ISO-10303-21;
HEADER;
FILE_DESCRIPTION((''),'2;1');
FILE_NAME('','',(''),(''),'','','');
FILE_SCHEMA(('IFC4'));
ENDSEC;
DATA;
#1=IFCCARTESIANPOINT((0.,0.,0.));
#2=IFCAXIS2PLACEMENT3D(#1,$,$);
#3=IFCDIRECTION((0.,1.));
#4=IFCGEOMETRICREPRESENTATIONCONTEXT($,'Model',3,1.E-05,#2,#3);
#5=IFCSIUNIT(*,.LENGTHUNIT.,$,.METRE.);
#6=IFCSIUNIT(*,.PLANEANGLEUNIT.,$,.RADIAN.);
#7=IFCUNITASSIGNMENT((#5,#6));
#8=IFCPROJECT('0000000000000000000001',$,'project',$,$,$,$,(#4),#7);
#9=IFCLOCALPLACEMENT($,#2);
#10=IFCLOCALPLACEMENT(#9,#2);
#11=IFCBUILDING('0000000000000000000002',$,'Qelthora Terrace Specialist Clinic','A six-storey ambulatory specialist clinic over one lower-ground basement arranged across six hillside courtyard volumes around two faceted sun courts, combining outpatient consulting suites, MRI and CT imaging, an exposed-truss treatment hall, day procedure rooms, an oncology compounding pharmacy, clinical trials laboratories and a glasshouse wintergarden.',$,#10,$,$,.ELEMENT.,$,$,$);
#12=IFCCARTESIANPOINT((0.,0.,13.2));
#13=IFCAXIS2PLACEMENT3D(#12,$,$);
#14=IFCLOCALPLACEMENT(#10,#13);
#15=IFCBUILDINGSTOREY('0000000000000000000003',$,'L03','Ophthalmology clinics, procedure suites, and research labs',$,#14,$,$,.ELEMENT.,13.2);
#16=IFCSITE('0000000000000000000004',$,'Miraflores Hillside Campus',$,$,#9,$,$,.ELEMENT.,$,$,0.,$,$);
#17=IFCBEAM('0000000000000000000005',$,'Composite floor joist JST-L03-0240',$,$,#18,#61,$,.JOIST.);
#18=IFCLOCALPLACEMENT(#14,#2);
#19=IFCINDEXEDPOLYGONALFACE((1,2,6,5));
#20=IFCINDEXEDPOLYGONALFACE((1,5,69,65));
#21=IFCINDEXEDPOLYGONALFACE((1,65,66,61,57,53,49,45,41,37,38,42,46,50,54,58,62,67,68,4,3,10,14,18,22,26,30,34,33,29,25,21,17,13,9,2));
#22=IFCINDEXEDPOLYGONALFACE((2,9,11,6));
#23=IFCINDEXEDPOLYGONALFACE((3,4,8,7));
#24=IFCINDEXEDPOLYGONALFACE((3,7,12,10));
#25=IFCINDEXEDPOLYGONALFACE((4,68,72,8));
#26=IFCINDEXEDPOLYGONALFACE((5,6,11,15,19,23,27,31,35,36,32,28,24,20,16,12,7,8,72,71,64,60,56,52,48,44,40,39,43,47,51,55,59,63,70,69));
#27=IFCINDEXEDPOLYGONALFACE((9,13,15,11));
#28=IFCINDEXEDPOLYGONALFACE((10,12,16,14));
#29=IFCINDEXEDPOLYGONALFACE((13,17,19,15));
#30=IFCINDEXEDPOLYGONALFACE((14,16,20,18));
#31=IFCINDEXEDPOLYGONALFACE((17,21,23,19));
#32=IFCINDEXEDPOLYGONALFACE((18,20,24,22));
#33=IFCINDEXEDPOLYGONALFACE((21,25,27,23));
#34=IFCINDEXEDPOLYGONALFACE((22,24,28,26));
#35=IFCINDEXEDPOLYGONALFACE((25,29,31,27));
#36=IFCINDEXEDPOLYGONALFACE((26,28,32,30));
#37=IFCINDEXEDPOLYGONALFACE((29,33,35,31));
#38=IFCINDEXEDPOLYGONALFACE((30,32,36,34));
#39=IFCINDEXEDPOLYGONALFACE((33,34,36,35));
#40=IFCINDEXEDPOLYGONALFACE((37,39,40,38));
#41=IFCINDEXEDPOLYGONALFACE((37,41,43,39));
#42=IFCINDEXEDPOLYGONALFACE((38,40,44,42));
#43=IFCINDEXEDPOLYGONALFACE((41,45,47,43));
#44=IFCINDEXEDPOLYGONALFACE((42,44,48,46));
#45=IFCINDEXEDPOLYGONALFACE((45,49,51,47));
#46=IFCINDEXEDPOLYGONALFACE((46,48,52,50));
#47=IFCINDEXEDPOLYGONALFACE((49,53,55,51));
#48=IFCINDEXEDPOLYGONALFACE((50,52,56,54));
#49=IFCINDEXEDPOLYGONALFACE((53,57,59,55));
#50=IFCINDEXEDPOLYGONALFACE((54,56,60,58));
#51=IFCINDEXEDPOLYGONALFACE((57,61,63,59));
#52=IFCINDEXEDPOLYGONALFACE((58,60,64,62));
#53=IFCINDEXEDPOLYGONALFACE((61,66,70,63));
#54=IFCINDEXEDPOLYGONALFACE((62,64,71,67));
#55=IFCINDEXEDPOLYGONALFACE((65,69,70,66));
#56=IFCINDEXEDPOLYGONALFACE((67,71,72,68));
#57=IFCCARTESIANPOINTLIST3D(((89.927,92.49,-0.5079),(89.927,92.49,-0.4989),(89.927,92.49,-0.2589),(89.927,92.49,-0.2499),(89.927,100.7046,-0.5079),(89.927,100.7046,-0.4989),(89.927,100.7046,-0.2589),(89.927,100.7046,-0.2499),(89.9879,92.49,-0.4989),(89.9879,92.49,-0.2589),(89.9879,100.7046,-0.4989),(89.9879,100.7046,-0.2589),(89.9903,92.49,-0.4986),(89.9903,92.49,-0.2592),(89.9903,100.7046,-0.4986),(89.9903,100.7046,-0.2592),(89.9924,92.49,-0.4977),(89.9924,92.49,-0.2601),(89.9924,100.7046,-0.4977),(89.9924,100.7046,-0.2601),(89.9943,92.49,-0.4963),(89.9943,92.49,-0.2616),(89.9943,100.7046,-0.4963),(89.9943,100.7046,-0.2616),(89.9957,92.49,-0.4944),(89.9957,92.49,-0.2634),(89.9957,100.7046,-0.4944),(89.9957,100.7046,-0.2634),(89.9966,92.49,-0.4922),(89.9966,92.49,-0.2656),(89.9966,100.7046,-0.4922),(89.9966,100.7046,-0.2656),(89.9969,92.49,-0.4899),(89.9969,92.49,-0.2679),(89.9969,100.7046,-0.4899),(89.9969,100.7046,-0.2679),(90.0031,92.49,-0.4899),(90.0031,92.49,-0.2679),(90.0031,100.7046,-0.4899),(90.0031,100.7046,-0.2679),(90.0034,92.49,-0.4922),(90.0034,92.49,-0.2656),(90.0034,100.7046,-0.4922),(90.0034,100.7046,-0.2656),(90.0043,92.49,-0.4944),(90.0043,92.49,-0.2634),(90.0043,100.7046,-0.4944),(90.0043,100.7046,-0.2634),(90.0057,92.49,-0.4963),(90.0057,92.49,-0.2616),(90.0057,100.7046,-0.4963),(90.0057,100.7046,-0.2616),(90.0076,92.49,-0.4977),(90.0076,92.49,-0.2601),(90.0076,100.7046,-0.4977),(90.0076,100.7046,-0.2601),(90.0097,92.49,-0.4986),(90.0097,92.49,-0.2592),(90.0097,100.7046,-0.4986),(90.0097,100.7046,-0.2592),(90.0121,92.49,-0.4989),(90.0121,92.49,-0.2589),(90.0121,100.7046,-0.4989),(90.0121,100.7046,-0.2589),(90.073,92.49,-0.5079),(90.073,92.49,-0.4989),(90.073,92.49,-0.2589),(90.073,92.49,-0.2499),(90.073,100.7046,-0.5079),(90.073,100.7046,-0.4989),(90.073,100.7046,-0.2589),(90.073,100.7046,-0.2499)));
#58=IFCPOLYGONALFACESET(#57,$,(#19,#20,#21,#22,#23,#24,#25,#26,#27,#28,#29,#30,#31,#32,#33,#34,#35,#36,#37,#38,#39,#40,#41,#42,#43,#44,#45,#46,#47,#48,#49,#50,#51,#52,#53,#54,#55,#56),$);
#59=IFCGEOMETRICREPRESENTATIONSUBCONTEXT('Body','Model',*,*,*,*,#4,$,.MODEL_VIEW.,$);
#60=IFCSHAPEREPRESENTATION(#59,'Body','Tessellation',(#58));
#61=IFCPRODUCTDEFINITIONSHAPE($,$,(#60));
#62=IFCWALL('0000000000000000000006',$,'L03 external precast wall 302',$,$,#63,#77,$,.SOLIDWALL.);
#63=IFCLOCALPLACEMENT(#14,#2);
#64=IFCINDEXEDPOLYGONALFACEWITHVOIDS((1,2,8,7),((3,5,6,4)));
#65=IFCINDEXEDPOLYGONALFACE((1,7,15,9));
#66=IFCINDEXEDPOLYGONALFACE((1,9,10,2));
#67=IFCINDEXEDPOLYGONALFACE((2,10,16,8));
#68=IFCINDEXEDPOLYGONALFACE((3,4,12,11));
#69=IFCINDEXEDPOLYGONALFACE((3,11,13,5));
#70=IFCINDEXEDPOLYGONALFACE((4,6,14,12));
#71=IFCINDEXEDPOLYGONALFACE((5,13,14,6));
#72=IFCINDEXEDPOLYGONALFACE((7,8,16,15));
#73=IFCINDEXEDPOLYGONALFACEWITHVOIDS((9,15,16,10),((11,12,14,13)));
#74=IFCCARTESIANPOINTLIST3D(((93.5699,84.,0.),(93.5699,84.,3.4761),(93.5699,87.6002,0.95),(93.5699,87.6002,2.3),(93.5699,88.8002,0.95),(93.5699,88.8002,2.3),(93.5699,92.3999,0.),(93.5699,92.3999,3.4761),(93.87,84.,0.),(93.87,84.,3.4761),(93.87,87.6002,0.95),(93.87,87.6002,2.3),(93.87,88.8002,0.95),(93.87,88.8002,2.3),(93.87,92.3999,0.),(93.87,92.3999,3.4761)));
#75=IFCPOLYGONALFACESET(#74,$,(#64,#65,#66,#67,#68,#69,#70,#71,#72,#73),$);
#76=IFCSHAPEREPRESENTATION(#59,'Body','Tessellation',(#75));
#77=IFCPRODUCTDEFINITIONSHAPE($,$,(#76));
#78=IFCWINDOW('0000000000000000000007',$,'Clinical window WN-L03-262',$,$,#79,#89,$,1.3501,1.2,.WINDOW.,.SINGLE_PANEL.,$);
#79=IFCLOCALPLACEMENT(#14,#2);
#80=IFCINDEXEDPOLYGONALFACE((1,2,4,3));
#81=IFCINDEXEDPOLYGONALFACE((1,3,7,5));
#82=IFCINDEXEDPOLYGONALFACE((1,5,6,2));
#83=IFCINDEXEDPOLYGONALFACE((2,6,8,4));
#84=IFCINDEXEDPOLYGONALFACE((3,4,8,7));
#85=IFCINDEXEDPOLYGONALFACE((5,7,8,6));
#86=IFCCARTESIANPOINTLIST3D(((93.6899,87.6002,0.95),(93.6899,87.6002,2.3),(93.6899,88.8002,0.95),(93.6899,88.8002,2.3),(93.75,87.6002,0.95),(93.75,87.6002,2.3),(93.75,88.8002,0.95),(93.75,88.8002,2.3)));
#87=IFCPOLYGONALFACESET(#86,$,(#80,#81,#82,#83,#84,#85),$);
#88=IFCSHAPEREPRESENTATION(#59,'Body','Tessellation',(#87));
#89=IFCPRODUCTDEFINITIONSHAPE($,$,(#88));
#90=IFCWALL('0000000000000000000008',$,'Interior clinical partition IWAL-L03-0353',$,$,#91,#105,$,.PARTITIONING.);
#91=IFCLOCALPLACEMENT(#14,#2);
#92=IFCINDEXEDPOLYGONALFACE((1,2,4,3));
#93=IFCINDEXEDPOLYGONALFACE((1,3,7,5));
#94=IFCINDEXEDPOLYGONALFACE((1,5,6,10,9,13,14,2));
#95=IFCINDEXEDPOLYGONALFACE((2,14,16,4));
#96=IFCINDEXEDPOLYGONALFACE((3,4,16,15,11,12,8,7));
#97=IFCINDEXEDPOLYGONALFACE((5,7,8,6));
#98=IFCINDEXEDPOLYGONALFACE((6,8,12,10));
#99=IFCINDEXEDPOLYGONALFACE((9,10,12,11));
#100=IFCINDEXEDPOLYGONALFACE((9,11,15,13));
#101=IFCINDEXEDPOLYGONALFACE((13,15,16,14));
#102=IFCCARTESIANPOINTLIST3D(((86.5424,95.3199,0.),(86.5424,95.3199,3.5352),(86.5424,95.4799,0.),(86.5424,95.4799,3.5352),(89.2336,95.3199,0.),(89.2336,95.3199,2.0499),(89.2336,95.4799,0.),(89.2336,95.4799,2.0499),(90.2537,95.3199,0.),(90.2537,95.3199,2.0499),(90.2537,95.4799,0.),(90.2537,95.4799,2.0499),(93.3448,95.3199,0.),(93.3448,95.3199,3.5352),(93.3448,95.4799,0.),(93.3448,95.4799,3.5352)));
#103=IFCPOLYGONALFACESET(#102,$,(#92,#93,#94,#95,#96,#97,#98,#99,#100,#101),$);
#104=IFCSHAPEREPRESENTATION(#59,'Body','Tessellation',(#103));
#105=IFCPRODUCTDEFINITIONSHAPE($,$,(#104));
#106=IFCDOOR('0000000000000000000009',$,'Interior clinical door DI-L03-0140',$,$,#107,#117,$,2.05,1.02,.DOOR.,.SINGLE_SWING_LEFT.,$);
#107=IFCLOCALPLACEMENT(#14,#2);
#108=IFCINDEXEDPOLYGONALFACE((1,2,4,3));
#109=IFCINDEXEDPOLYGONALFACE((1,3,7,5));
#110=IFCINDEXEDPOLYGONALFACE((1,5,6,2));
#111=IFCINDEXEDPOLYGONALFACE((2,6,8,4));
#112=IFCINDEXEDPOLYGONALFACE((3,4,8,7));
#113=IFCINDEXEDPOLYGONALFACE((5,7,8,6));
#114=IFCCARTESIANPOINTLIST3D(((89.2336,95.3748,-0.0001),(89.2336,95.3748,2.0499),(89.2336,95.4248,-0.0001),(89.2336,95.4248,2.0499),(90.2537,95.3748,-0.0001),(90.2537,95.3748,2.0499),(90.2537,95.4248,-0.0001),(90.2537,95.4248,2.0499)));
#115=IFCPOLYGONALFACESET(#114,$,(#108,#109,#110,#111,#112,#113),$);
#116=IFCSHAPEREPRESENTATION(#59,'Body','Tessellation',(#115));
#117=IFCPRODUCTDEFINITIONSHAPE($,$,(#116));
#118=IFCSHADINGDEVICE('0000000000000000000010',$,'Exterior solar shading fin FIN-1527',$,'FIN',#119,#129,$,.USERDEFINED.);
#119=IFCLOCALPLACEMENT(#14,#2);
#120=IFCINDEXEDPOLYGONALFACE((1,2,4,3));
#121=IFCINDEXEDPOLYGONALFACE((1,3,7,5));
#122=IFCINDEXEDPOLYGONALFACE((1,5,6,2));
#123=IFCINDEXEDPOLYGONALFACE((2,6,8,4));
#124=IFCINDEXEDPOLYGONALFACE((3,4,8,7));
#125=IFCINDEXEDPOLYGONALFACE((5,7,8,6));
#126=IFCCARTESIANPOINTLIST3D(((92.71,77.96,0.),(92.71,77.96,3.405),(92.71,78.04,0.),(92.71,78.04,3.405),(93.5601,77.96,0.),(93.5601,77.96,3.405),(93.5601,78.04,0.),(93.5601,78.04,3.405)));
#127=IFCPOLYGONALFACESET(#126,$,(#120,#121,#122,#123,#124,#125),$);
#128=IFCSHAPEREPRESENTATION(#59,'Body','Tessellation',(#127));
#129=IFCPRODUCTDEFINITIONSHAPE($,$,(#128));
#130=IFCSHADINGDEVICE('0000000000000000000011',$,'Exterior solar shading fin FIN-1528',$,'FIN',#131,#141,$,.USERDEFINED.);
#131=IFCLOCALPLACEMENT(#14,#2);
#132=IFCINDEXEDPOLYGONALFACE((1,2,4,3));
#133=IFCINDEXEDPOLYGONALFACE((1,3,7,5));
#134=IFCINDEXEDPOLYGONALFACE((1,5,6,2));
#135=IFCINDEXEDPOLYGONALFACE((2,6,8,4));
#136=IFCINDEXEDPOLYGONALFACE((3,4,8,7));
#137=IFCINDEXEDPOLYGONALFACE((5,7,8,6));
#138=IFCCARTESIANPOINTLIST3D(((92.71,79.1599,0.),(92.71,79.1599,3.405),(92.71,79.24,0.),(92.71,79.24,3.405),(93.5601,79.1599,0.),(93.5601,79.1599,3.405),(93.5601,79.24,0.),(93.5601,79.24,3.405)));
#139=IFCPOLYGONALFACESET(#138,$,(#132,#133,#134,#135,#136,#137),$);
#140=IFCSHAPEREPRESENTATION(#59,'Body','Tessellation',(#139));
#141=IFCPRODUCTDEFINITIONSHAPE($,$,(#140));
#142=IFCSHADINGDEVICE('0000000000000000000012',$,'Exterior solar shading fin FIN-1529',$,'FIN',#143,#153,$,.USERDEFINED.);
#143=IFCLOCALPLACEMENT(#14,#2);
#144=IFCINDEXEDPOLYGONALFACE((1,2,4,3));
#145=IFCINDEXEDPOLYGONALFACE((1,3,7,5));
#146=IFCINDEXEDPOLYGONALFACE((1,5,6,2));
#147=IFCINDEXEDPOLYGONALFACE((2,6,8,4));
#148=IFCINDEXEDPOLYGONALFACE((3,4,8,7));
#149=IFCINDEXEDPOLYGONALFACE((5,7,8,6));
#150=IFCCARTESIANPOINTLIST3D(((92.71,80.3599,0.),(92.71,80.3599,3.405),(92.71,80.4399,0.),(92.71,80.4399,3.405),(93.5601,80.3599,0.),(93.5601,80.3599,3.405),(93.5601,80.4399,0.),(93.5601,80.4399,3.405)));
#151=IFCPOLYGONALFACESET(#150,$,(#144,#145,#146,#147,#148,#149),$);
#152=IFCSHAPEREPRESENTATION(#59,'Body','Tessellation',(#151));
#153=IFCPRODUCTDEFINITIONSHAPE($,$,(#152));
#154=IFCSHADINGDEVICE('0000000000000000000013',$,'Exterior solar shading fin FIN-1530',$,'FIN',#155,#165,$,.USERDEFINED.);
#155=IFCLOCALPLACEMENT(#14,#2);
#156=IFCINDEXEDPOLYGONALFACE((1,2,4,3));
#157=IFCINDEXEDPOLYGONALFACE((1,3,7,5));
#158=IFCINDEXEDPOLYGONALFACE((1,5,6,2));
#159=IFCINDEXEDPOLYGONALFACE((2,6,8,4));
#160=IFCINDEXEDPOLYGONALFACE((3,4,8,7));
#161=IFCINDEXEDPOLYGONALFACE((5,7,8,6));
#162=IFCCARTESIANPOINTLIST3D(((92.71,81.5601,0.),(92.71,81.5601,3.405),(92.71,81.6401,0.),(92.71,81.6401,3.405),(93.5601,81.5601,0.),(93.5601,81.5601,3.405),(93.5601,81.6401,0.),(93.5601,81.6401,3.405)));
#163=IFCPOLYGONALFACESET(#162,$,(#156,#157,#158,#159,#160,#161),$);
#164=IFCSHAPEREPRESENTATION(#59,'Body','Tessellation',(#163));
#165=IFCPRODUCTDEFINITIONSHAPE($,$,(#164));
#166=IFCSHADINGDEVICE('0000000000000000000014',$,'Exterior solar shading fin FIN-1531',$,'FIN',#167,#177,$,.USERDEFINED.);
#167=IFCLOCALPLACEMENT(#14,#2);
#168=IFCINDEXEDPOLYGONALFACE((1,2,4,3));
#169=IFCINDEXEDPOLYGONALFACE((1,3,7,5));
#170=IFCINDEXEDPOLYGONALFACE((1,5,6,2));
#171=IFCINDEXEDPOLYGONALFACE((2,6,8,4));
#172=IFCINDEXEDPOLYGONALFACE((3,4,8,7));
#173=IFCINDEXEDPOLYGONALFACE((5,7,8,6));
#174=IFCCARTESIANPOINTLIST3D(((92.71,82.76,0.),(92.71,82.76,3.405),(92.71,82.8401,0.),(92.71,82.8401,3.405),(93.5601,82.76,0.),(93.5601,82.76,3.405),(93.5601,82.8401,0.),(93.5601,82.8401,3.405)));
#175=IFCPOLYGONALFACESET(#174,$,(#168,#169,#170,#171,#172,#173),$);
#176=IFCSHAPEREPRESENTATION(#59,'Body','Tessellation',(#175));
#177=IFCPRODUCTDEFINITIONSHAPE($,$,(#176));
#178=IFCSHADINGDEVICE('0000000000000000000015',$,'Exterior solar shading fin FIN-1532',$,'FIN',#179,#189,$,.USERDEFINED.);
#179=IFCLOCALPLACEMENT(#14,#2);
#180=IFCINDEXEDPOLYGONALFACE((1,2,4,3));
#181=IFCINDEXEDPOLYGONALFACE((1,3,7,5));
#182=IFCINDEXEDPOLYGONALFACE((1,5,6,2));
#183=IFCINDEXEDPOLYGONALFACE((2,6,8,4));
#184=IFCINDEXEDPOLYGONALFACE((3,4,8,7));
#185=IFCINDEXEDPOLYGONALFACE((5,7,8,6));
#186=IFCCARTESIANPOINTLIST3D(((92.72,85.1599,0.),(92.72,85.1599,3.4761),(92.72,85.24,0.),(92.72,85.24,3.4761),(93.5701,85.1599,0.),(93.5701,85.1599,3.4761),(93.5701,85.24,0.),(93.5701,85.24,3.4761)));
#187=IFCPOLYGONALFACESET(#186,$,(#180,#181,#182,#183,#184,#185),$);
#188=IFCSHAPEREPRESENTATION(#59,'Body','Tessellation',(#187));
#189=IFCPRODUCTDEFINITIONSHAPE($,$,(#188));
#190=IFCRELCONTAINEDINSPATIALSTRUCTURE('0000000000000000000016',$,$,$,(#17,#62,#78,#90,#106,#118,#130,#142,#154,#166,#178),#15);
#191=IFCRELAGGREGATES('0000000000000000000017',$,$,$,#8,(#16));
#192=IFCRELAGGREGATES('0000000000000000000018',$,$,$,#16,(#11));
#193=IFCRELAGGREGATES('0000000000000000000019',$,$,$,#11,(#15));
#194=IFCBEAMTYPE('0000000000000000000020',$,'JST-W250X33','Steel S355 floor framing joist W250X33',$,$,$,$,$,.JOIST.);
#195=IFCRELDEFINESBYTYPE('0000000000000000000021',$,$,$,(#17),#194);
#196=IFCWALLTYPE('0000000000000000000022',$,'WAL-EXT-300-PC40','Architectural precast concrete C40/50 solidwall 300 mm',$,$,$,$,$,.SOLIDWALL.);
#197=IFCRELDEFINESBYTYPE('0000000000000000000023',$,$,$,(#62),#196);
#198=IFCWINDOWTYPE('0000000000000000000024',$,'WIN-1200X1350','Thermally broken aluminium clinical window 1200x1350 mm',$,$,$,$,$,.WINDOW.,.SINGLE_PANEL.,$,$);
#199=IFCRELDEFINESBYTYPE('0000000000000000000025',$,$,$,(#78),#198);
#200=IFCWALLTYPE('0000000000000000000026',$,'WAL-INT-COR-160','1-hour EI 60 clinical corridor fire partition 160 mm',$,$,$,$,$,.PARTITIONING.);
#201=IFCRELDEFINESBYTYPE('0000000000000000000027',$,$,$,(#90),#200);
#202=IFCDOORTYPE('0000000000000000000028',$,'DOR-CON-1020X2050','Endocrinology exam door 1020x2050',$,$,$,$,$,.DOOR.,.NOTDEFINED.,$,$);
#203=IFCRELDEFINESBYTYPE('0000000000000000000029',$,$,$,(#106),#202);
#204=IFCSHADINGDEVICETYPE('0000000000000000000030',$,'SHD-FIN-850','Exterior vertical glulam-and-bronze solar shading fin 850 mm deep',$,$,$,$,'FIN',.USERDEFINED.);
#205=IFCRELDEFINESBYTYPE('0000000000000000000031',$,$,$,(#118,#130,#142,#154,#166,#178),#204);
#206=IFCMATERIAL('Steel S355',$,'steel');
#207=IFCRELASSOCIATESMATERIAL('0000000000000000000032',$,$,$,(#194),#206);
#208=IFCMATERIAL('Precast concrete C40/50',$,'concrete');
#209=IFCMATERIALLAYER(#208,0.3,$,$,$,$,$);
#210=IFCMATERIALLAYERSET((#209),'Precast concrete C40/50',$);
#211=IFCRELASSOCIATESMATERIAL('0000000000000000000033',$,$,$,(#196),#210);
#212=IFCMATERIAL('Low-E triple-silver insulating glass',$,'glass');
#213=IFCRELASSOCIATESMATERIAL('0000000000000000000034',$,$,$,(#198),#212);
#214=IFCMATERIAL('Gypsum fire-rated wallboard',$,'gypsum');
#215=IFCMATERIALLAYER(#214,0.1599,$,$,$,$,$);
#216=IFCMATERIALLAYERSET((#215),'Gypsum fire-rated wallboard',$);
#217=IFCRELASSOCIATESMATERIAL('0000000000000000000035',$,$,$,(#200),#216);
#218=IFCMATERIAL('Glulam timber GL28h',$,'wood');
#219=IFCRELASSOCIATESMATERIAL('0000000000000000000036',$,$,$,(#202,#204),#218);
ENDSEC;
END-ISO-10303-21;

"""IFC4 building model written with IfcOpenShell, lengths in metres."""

from ifc_helpers import new_model, si_unit, direction, frame, frame_2d, origin, origin_2d, place, context, subcontext, project, spatial, rectangle, i_section, extrude, material, layer, layer_set, material_profile, profile_set, type_object, element, fill, save


model = new_model("IFC4")

# Units and contexts
model_context = context("Model", 3, precision=1e-05, world=origin(), true_north=direction((0.0, 1.0)))
body_context = subcontext(model_context, "Body", "Model", "MODEL_VIEW")
ifc_project = project(units=[si_unit("LENGTHUNIT", "METRE"), si_unit("PLANEANGLEUNIT", "RADIAN")], contexts=[model_context])

# Site, building, storey
site_placement = place(None, origin())
site = spatial("IfcSite", under=ifc_project, at=site_placement, Name="Miraflores Hillside Campus", CompositionType="ELEMENT", RefElevation=0.0)
building_placement = place(site_placement, origin())
building = spatial("IfcBuilding", under=site, at=building_placement, Name="Qelthora Terrace Specialist Clinic", Description="A six-storey ambulatory specialist clinic over one lower-ground basement arranged across six hillside courtyard volumes around two faceted sun courts, combining outpatient consulting suites, MRI and CT imaging, an exposed-truss treatment hall, day procedure rooms, an oncology compounding pharmacy, clinical trials laboratories and a glasshouse wintergarden.", CompositionType="ELEMENT")
storey_placement = place(building_placement, frame((0.0, 0.0, 13.2)))
storey = spatial("IfcBuildingStorey", under=building, at=storey_placement, Name="L03", Description="Ophthalmology clinics, procedure suites, and research labs", CompositionType="ELEMENT", Elevation=13.2)

# Shared definitions
ifc_material_1 = material(Name="Steel S355", Category="steel")

# Beam
ifc_material_profile_1 = material_profile(ifc_material_1, i_section(OverallWidth=0.146, OverallDepth=0.2581, WebThickness=0.0061, FlangeThickness=0.009, FilletRadius=0.009, at=origin_2d()), Name="W250X33")
ifc_profile_set_1 = profile_set([ifc_material_profile_1], Name="Steel S355")
beam_type_1 = type_object("IfcBeamType", Name="JST-W250X33", Description="Steel S355 floor framing joist W250X33", PredefinedType="JOIST", material=ifc_profile_set_1)
beam_1_placement = place(storey_placement, frame((90.0, 92.49, -0.3789), z_axis=(0.0, 1.0, 0.0), x_axis=(-1.0, 0.0, 0.0)))
element("IfcBeam", 1, at=beam_1_placement, inside=storey, type_object=beam_type_1, Name="Composite floor joist JST-L03-0240", PredefinedType="JOIST", context=body_context, shape_type="SweptSolid", body=[
    extrude(i_section(OverallWidth=0.146, OverallDepth=0.2581, WebThickness=0.0061, FlangeThickness=0.009, FilletRadius=0.009, at=origin_2d()), origin(), (0.0, 0.0, 1.0), 8.2146),
])

# Wall, opening, window
ifc_material_2 = material(Name="Precast concrete C40/50", Category="concrete")
ifc_layer_1 = layer(ifc_material_2, 0.3)
ifc_layer_set_1 = layer_set([ifc_layer_1], Name="Precast concrete C40/50")
wall_type_1 = type_object("IfcWallType", Name="WAL-EXT-300-PC40", Description="Architectural precast concrete C40/50 solidwall 300 mm", PredefinedType="SOLIDWALL", material=ifc_layer_set_1)
wall_1_placement = place(storey_placement, frame((93.72, 84.0, 0.0), z_axis=(0.0, 0.0, 1.0), x_axis=(0.0, 1.0, 0.0)))
wall_1 = element("IfcWall", 2, at=wall_1_placement, inside=storey, type_object=wall_type_1, Name="L03 external precast wall 302", PredefinedType="SOLIDWALL", context=body_context, shape_type="SweptSolid", body=[
    extrude(rectangle(XDim=8.3999, YDim=0.3, at=frame_2d((4.2, 0.0))), origin(), (0.0, 0.0, 1.0), 3.4761),
])
opening_1_placement = place(wall_1_placement, frame((3.6001, 0.0, 0.95)))
opening_1 = element("IfcOpeningElement", 3, at=opening_1_placement, cuts=wall_1, PredefinedType="OPENING", context=body_context, shape_type="SweptSolid", body=[
    extrude(rectangle(XDim=1.2, YDim=1.3501, at=frame_2d((0.6001, 0.675))), frame((0.0, 0.1599, 0.0), z_axis=(0.0, -1.0, 0.0), x_axis=(1.0, 0.0, 0.0)), (0.0, 0.0, 1.0), 0.3201),
])
ifc_material_3 = material(Name="Low-E triple-silver insulating glass", Category="glass")
window_type = type_object("IfcWindowType", Name="WIN-1200X1350", Description="Thermally broken aluminium clinical window 1200x1350 mm", PartitioningType="SINGLE_PANEL", PredefinedType="WINDOW", material=ifc_material_3)
window_placement = place(opening_1_placement, origin())
window = element("IfcWindow", 4, at=window_placement, inside=storey, type_object=window_type, Name="Clinical window WN-L03-262", OverallHeight=1.3501, OverallWidth=1.2, PartitioningType="SINGLE_PANEL", PredefinedType="WINDOW", context=body_context, shape_type="SweptSolid", body=[
    extrude(rectangle(XDim=1.2, YDim=1.3501, at=frame_2d((0.6001, 0.675))), frame((0.0, 0.03, 0.0), z_axis=(0.0, -1.0, 0.0), x_axis=(1.0, 0.0, 0.0)), (0.0, 0.0, 1.0), 0.0601),
])
fill(opening_1, window)

# Wall, opening, door
ifc_material_4 = material(Name="Gypsum fire-rated wallboard", Category="gypsum")
ifc_layer_2 = layer(ifc_material_4, 0.1599)
ifc_layer_set_2 = layer_set([ifc_layer_2], Name="Gypsum fire-rated wallboard")
wall_type_2 = type_object("IfcWallType", Name="WAL-INT-COR-160", Description="1-hour EI 60 clinical corridor fire partition 160 mm", PredefinedType="PARTITIONING", material=ifc_layer_set_2)
wall_2_placement = place(storey_placement, frame((93.345, 95.3999, 0.0), z_axis=(0.0, 0.0, 1.0), x_axis=(-1.0, 0.0, 0.0)))
wall_2 = element("IfcWall", 5, at=wall_2_placement, inside=storey, type_object=wall_type_2, Name="Interior clinical partition IWAL-L03-0353", PredefinedType="PARTITIONING", context=body_context, shape_type="SweptSolid", body=[
    extrude(rectangle(XDim=6.8025, YDim=0.1599, at=frame_2d((3.4014, 0.0))), origin(), (0.0, 0.0, 1.0), 3.5352),
])
opening_2_placement = place(wall_2_placement, frame((3.0913, 0.0, 0.0)))
opening_2 = element("IfcOpeningElement", 6, at=opening_2_placement, cuts=wall_2, PredefinedType="OPENING", context=body_context, shape_type="SweptSolid", body=[
    extrude(rectangle(XDim=1.02, YDim=2.05, at=frame_2d((0.51, 1.0249))), frame((0.0, 0.0898, 0.0), z_axis=(0.0, -1.0, 0.0), x_axis=(1.0, 0.0, 0.0)), (0.0, 0.0, 1.0), 0.1799),
])
ifc_material_5 = material(Name="Glulam timber GL28h", Category="wood")
door_type = type_object("IfcDoorType", Name="DOR-CON-1020X2050", Description="Endocrinology exam door 1020x2050", OperationType="NOTDEFINED", PredefinedType="DOOR", material=ifc_material_5)
door_placement = place(opening_2_placement, frame((1.02, 0.0, 0.0), z_axis=(0.0, 0.0, 1.0), x_axis=(-1.0, 0.0, 0.0)))
door = element("IfcDoor", 7, at=door_placement, inside=storey, type_object=door_type, Name="Interior clinical door DI-L03-0140", OperationType="SINGLE_SWING_LEFT", OverallHeight=2.05, OverallWidth=1.02, PredefinedType="DOOR", context=body_context, shape_type="SweptSolid", body=[
    extrude(rectangle(XDim=1.02, YDim=2.05, at=frame_2d((0.51, 1.0249))), frame((0.0, 0.0249, 0.0), z_axis=(0.0, -1.0, 0.0), x_axis=(1.0, 0.0, 0.0)), (0.0, 0.0, 1.0), 0.05),
])
fill(opening_2, door)

# Shading devices
shading_device_type = type_object("IfcShadingDeviceType", Name="SHD-FIN-850", Description="Exterior vertical glulam-and-bronze solar shading fin 850 mm deep", ElementType="FIN", PredefinedType="USERDEFINED", material=ifc_material_5)
for number, where, z_axis, x_axis, name in (
    (8, (93.135, 78.0, 0.0), (0.0, 0.0, 1.0), (-1.0, 0.0, 0.0), "Exterior solar shading fin FIN-1527"),
    (9, (93.135, 79.2, 0.0), (0.0, 0.0, 1.0), (-1.0, 0.0, 0.0), "Exterior solar shading fin FIN-1528"),
    (10, (93.135, 80.3999, 0.0), (0.0, 0.0, 1.0), (-1.0, 0.0, 0.0), "Exterior solar shading fin FIN-1529"),
    (11, (93.135, 81.6001, 0.0), (0.0, 0.0, 1.0), (-1.0, 0.0, 0.0), "Exterior solar shading fin FIN-1530"),
    (12, (93.135, 82.8, 0.0), (0.0, 0.0, 1.0), (-1.0, 0.0, 0.0), "Exterior solar shading fin FIN-1531"),
):
    element("IfcShadingDevice", number, at=place(storey_placement, frame(where, z_axis=z_axis, x_axis=x_axis)), inside=storey, type_object=shading_device_type, Name=name, ObjectType="FIN", PredefinedType="USERDEFINED", context=body_context, shape_type="SweptSolid", body=[
        extrude(rectangle(XDim=0.8501, YDim=0.0801, at=origin_2d()), origin(), (0.0, 0.0, 1.0), 3.405),
    ])
for number, where, z_axis, x_axis, name in (
    (13, (93.145, 85.2, 0.0), (0.0, 0.0, 1.0), (-1.0, 0.0, 0.0), "Exterior solar shading fin FIN-1532"),
):
    element("IfcShadingDevice", number, at=place(storey_placement, frame(where, z_axis=z_axis, x_axis=x_axis)), inside=storey, type_object=shading_device_type, Name=name, ObjectType="FIN", PredefinedType="USERDEFINED", context=body_context, shape_type="SweptSolid", body=[
        extrude(rectangle(XDim=0.8501, YDim=0.0801, at=origin_2d()), origin(), (0.0, 0.0, 1.0), 3.4761),
    ])

save(model, "model.ifc")
